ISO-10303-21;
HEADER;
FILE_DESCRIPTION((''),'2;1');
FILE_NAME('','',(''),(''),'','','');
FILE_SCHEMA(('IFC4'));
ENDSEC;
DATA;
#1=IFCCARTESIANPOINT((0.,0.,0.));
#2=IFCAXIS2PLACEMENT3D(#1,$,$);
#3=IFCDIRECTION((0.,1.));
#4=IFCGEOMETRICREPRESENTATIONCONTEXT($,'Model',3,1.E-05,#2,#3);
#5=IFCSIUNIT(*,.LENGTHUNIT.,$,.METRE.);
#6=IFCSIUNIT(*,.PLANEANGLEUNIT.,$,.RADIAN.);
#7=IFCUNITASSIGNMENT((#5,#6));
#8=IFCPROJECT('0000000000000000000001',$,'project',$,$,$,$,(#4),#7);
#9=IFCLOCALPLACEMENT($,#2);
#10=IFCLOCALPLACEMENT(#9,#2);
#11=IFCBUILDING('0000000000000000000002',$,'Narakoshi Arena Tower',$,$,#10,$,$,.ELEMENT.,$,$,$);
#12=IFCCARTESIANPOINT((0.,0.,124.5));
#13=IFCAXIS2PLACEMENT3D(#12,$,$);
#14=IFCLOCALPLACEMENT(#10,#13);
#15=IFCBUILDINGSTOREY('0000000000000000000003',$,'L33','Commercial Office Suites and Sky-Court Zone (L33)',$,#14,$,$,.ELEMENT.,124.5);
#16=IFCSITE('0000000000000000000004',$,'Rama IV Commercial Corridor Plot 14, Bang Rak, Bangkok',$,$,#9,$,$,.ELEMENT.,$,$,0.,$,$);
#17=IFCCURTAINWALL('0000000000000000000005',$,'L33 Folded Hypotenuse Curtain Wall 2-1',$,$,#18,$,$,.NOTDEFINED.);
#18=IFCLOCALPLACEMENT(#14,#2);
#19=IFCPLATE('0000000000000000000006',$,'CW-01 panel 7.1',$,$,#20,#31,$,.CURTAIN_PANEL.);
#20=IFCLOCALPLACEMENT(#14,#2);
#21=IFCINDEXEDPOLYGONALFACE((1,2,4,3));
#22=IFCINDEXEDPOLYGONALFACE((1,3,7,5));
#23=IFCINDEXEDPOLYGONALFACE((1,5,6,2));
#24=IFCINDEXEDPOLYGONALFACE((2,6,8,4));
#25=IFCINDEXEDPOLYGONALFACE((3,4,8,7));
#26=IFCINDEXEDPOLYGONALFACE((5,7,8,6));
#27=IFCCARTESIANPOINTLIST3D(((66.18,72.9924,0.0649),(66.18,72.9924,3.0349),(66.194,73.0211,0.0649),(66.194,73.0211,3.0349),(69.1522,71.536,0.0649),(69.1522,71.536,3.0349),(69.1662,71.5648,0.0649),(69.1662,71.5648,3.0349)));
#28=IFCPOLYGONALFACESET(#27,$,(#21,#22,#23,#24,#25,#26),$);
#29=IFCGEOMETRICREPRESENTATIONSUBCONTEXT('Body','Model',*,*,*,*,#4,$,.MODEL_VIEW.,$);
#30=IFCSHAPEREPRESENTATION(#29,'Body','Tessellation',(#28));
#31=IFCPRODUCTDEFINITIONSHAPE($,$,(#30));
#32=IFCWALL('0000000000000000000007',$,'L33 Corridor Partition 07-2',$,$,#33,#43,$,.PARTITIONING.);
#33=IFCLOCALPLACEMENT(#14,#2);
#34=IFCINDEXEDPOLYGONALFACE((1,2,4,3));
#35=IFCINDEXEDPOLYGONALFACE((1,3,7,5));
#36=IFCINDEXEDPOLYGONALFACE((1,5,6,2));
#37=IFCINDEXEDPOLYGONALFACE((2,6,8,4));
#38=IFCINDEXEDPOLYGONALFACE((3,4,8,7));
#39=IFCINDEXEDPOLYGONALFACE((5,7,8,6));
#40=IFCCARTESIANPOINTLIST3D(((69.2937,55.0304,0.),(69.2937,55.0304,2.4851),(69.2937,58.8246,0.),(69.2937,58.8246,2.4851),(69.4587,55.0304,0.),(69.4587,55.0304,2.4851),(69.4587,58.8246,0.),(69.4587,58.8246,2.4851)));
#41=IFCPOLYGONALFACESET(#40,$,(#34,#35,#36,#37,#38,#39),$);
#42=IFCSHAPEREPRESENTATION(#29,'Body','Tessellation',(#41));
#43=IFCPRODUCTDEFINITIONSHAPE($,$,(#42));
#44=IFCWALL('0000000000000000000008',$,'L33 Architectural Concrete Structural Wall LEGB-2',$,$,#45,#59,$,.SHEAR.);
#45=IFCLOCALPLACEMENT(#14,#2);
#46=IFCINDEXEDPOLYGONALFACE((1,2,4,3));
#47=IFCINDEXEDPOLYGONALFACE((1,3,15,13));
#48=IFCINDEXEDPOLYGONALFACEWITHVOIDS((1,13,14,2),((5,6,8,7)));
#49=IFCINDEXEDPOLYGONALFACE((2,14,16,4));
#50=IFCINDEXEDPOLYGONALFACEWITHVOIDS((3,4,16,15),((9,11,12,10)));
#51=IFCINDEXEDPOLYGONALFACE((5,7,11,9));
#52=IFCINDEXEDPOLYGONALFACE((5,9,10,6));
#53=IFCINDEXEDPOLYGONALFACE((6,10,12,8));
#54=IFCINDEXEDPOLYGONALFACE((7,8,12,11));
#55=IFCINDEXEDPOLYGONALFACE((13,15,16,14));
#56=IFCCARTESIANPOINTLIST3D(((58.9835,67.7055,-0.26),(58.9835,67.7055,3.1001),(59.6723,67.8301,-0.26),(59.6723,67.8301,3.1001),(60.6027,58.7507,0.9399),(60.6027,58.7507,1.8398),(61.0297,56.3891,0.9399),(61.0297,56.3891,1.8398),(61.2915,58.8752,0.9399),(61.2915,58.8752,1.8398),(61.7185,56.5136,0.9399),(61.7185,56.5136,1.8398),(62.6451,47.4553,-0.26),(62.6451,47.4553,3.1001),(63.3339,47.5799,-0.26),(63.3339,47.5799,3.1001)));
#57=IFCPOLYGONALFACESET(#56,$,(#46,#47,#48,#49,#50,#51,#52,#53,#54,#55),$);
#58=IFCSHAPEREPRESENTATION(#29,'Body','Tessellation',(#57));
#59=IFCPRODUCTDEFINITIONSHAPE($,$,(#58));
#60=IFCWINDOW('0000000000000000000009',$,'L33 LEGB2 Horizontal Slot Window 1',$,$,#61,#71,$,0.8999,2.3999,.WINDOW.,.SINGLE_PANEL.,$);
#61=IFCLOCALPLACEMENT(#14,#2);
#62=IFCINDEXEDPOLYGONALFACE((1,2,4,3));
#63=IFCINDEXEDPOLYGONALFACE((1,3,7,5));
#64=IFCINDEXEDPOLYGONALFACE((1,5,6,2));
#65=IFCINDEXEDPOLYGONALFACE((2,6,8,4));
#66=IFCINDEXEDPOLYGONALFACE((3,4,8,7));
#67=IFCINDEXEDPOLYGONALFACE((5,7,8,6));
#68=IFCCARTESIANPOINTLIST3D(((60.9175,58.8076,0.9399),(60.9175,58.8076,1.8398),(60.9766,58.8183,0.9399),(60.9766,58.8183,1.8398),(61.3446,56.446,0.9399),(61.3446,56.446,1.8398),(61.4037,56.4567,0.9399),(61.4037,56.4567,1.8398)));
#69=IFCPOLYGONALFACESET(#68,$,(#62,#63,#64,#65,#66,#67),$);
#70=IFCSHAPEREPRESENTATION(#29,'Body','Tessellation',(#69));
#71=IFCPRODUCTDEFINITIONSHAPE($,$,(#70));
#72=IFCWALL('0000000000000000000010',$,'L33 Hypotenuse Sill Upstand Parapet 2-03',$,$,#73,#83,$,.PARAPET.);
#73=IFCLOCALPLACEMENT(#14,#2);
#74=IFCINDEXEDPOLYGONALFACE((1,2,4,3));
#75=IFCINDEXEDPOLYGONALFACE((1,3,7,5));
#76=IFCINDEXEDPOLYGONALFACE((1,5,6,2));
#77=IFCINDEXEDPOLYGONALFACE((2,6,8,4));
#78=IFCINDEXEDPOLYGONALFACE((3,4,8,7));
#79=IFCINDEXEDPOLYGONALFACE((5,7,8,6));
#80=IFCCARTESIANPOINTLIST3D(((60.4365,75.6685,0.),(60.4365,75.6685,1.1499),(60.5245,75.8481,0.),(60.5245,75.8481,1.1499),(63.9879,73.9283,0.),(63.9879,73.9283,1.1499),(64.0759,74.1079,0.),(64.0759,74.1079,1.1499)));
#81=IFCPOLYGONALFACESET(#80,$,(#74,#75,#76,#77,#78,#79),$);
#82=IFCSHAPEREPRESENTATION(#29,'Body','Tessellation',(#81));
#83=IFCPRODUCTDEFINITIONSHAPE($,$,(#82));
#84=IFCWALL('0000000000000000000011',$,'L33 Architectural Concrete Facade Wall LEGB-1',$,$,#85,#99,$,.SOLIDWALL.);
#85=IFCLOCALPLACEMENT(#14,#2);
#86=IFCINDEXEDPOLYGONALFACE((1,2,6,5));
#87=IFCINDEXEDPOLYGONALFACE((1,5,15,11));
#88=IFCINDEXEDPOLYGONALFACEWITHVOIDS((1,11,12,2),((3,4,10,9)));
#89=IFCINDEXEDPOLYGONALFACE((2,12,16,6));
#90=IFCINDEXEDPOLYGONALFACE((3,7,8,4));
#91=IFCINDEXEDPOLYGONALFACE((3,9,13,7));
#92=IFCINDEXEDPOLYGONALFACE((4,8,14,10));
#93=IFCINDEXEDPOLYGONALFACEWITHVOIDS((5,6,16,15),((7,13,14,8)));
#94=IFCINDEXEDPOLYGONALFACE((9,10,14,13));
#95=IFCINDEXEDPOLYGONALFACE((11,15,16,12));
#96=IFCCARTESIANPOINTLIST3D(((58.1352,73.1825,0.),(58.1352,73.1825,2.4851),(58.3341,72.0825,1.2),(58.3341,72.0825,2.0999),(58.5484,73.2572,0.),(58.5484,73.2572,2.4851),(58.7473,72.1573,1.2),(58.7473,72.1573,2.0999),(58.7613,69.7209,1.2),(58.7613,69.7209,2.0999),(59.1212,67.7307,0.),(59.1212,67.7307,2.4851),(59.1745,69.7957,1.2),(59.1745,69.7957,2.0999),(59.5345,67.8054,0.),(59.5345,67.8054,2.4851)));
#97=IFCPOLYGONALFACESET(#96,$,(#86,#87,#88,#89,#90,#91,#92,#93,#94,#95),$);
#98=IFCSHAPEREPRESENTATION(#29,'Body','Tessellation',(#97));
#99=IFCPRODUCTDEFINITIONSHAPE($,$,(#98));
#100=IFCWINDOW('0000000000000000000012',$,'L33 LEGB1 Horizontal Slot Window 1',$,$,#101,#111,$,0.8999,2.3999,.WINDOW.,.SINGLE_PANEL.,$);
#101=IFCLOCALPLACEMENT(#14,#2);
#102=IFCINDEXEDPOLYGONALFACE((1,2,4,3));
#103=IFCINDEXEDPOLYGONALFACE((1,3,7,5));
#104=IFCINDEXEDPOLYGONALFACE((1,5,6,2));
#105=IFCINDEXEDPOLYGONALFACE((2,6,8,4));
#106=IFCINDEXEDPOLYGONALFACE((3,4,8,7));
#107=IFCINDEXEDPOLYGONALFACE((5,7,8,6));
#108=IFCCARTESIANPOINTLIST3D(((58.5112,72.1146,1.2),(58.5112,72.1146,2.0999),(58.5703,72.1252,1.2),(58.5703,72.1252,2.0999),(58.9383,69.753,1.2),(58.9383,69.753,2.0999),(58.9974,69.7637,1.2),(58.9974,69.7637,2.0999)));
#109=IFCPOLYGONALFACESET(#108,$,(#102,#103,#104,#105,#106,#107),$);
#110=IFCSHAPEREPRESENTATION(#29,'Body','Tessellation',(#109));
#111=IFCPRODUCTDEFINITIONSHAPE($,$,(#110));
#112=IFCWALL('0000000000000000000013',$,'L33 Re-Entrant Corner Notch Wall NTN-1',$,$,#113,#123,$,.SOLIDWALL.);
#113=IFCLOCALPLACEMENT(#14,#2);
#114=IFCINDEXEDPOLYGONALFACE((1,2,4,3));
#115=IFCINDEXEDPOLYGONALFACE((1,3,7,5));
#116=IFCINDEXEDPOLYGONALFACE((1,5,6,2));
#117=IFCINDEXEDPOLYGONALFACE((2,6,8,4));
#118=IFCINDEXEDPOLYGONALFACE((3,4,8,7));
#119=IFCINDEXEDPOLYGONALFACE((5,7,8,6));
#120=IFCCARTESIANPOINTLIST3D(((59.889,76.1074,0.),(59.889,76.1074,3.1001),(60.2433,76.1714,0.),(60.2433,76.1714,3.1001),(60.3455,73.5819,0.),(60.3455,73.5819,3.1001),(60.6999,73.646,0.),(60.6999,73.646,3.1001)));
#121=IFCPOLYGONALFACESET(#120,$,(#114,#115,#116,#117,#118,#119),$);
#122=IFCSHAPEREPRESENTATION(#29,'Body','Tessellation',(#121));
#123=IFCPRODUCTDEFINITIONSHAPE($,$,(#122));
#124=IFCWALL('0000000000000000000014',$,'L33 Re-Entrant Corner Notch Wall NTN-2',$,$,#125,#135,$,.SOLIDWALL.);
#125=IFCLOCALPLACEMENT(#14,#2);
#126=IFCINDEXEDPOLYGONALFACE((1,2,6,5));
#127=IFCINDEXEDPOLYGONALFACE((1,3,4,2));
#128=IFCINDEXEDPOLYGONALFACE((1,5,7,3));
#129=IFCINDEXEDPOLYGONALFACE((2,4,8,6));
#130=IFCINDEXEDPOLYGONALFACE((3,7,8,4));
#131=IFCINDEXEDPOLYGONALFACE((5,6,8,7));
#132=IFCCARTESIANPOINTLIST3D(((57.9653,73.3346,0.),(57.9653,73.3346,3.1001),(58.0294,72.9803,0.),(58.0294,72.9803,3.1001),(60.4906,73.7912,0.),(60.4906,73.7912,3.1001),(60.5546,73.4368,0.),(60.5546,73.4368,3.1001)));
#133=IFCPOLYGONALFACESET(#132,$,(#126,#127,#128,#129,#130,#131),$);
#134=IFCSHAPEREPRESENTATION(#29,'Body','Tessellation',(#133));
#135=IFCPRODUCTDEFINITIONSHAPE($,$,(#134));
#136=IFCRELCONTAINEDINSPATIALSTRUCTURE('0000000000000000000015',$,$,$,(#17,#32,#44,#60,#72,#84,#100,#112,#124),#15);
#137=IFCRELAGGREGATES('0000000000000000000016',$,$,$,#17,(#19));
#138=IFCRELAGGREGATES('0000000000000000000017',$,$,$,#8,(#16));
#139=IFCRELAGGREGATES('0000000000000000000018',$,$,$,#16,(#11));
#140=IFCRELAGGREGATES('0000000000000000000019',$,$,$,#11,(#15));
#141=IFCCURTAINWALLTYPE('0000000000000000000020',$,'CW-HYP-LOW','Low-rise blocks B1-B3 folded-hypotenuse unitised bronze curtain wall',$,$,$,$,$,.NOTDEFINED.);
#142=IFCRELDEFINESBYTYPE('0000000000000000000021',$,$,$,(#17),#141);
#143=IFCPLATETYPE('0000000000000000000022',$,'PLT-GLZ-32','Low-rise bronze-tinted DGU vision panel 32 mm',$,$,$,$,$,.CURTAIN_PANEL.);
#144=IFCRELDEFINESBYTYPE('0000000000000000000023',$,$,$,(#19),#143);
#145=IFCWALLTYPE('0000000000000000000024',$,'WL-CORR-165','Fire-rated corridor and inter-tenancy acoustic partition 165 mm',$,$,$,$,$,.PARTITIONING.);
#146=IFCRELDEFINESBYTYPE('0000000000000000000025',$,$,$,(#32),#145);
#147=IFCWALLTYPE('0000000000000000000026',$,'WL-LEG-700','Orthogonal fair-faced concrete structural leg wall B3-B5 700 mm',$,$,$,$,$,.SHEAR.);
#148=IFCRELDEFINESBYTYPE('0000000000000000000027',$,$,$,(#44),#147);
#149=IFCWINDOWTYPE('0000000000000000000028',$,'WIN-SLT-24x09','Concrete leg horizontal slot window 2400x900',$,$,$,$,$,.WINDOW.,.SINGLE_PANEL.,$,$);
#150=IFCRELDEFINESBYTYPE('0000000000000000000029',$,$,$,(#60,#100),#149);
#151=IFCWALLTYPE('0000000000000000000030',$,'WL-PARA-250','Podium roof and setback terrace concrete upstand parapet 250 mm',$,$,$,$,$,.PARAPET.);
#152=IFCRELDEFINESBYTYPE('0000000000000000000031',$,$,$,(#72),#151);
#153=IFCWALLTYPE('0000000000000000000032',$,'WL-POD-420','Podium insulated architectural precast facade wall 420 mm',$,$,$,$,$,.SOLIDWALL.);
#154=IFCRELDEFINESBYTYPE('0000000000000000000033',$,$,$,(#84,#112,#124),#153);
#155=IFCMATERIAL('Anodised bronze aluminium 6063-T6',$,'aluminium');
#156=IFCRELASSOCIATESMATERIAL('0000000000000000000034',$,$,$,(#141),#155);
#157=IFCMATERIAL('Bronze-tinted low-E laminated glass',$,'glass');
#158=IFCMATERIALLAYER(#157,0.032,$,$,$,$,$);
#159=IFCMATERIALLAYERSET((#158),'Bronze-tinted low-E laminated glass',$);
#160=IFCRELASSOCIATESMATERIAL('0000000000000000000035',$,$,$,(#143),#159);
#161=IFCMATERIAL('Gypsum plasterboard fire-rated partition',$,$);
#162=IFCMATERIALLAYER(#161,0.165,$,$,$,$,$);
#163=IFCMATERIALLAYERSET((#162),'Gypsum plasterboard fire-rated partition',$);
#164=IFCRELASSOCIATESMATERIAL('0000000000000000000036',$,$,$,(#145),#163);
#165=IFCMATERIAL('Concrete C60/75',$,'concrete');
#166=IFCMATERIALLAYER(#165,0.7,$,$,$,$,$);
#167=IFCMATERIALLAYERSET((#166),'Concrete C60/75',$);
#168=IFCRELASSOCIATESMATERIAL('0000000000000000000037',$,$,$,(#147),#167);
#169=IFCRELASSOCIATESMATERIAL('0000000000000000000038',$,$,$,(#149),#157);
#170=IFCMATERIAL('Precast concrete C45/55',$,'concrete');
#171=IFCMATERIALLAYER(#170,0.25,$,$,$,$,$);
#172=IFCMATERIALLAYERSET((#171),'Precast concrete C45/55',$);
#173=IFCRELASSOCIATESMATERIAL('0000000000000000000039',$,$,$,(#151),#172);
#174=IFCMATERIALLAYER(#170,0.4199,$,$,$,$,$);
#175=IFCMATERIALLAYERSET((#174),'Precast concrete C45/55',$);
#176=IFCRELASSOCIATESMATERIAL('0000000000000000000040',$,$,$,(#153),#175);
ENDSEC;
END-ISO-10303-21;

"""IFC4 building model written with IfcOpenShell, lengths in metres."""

from ifc_helpers import new_model, si_unit, direction, frame, frame_2d, origin, origin_2d, place, context, subcontext, project, spatial, rectangle, extrude, material, layer, layer_set, type_object, element, fill, aggregate, save


model = new_model("IFC4")

# Units and contexts
model_context = context("Model", 3, precision=1e-05, world=origin(), true_north=direction((0.0, 1.0)))
body_context = subcontext(model_context, "Body", "Model", "MODEL_VIEW")
ifc_project = project(units=[si_unit("LENGTHUNIT", "METRE"), si_unit("PLANEANGLEUNIT", "RADIAN")], contexts=[model_context])

# Site, building, storey
site_placement = place(None, origin())
site = spatial("IfcSite", under=ifc_project, at=site_placement, Name="Rama IV Commercial Corridor Plot 14, Bang Rak, Bangkok", CompositionType="ELEMENT", RefElevation=0.0)
building_placement = place(site_placement, origin())
building = spatial("IfcBuilding", under=site, at=building_placement, Name="Narakoshi Arena Tower", CompositionType="ELEMENT")
storey_placement = place(building_placement, frame((0.0, 0.0, 124.5)))
storey = spatial("IfcBuildingStorey", under=building, at=storey_placement, Name="L33", Description="Commercial Office Suites and Sky-Court Zone (L33)", CompositionType="ELEMENT", Elevation=124.5)

# Shared definitions
ifc_material_1 = material(Name="Concrete C60/75", Category="concrete")

# Curtain wall, plate
ifc_material_2 = material(Name="Anodised bronze aluminium 6063-T6", Category="aluminium")
curtain_wall_type = type_object("IfcCurtainWallType", Name="CW-HYP-LOW", Description="Low-rise blocks B1-B3 folded-hypotenuse unitised bronze curtain wall", PredefinedType="NOTDEFINED", material=ifc_material_2)
curtain_wall_placement = place(storey_placement, origin())
curtain_wall = element("IfcCurtainWall", 1, at=curtain_wall_placement, inside=storey, type_object=curtain_wall_type, Name="L33 Folded Hypotenuse Curtain Wall 2-1", PredefinedType="NOTDEFINED")
ifc_material_3 = material(Name="Bronze-tinted low-E laminated glass", Category="glass")
ifc_layer_1 = layer(ifc_material_3, 0.032)
ifc_layer_set_1 = layer_set([ifc_layer_1], Name="Bronze-tinted low-E laminated glass")
plate_type = type_object("IfcPlateType", Name="PLT-GLZ-32", Description="Low-rise bronze-tinted DGU vision panel 32 mm", PredefinedType="CURTAIN_PANEL", material=ifc_layer_set_1)
plate_1_placement = place(storey_placement, frame((67.6731, 72.2786, 0.0649), z_axis=(0.0, 0.0, 1.0), x_axis=(-0.897996, 0.440005, 0.0)))
plate_1 = element("IfcPlate", 2, at=plate_1_placement, type_object=plate_type, Name="CW-01 panel 7.1", PredefinedType="CURTAIN_PANEL", context=body_context, shape_type="SweptSolid", body=[
    extrude(rectangle(XDim=3.3098, YDim=0.032, at=origin_2d()), origin(), (0.0, 0.0, 1.0), 2.97),
])
aggregate(curtain_wall, [plate_1])

# Wall
ifc_material_4 = material(Name="Gypsum plasterboard fire-rated partition")
ifc_layer_2 = layer(ifc_material_4, 0.165)
ifc_layer_set_2 = layer_set([ifc_layer_2], Name="Gypsum plasterboard fire-rated partition")
wall_type_1 = type_object("IfcWallType", Name="WL-CORR-165", Description="Fire-rated corridor and inter-tenancy acoustic partition 165 mm", PredefinedType="PARTITIONING", material=ifc_layer_set_2)
wall_1_placement = place(storey_placement, frame((69.3762, 58.8245, 0.0), z_axis=(0.0, 0.0, 1.0), x_axis=(0.0, -1.0, 0.0)))
element("IfcWall", 3, at=wall_1_placement, inside=storey, type_object=wall_type_1, Name="L33 Corridor Partition 07-2", PredefinedType="PARTITIONING", context=body_context, shape_type="SweptSolid", body=[
    extrude(rectangle(XDim=3.7942, YDim=0.165, at=frame_2d((1.897, 0.0))), origin(), (0.0, 0.0, 1.0), 2.4851),
])

# Wall, opening, window
ifc_layer_3 = layer(ifc_material_1, 0.7)
ifc_layer_set_3 = layer_set([ifc_layer_3], Name="Concrete C60/75")
wall_type_2 = type_object("IfcWallType", Name="WL-LEG-700", Description="Orthogonal fair-faced concrete structural leg wall B3-B5 700 mm", PredefinedType="SHEAR", material=ifc_layer_set_3)
wall_2_placement = place(storey_placement, frame((59.3279, 67.7678, -0.26), z_axis=(0.0, 0.0, 1.0), x_axis=(0.177933, -0.984043, 0.0)))
wall_2 = element("IfcWall", 4, at=wall_2_placement, inside=storey, type_object=wall_type_2, Name="L33 Architectural Concrete Structural Wall LEGB-2", PredefinedType="SHEAR", context=body_context, shape_type="SweptSolid", body=[
    extrude(rectangle(XDim=20.5786, YDim=0.7, at=frame_2d((10.2893, 0.0))), origin(), (0.0, 0.0, 1.0), 3.3601),
])
opening_1_placement = place(wall_2_placement, frame((9.1001, 0.0, 1.2)))
opening_1 = element("IfcOpeningElement", 5, at=opening_1_placement, cuts=wall_2, PredefinedType="OPENING", context=body_context, shape_type="SweptSolid", body=[
    extrude(rectangle(XDim=2.3999, YDim=0.8999, at=frame_2d((1.2, 0.45))), frame((0.0, 0.3599, 0.0), z_axis=(0.0, -1.0, 0.0), x_axis=(1.0, 0.0, 0.0)), (0.0, 0.0, 1.0), 0.72),
])
window_type = type_object("IfcWindowType", Name="WIN-SLT-24x09", Description="Concrete leg horizontal slot window 2400x900", PartitioningType="SINGLE_PANEL", PredefinedType="WINDOW", material=ifc_material_3)
window_1_placement = place(opening_1_placement, origin())
window_1 = element("IfcWindow", 6, at=window_1_placement, inside=storey, type_object=window_type, Name="L33 LEGB2 Horizontal Slot Window 1", OverallHeight=0.8999, OverallWidth=2.3999, PartitioningType="SINGLE_PANEL", PredefinedType="WINDOW", context=body_context, shape_type="SweptSolid", body=[
    extrude(rectangle(XDim=2.3999, YDim=0.8999, at=frame_2d((1.2, 0.45))), frame((0.0, 0.03, 0.0), z_axis=(0.0, -1.0, 0.0), x_axis=(1.0, 0.0, 0.0)), (0.0, 0.0, 1.0), 0.0601),
])
fill(opening_1, window_1)

# Wall
ifc_material_5 = material(Name="Precast concrete C45/55", Category="concrete")
ifc_layer_4 = layer(ifc_material_5, 0.25)
ifc_layer_set_4 = layer_set([ifc_layer_4], Name="Precast concrete C45/55")
wall_type_3 = type_object("IfcWallType", Name="WL-PARA-250", Description="Podium roof and setback terrace concrete upstand parapet 250 mm", PredefinedType="PARAPET", material=ifc_layer_set_4)
wall_3_placement = place(storey_placement, frame((64.032, 74.0181, 0.0), z_axis=(0.0, 0.0, 1.0), x_axis=(-0.897991, 0.440014, 0.0)))
element("IfcWall", 7, at=wall_3_placement, inside=storey, type_object=wall_type_3, Name="L33 Hypotenuse Sill Upstand Parapet 2-03", PredefinedType="PARAPET", context=body_context, shape_type="SweptSolid", body=[
    extrude(rectangle(XDim=3.9548, YDim=0.2, at=frame_2d((1.9775, 0.0))), origin(), (0.0, 0.0, 1.0), 1.1499),
])

# Wall, opening, window
ifc_layer_5 = layer(ifc_material_5, 0.4199)
ifc_layer_set_5 = layer_set([ifc_layer_5], Name="Precast concrete C45/55")
wall_type_4 = type_object("IfcWallType", Name="WL-POD-420", Description="Podium insulated architectural precast facade wall 420 mm", PredefinedType="SOLIDWALL", material=ifc_layer_set_5)
wall_4_placement = place(storey_placement, frame((58.3418, 73.2197, 0.0), z_axis=(0.0, 0.0, 1.0), x_axis=(0.177982, -0.984034, 0.0)))
wall_4 = element("IfcWall", 8, at=wall_4_placement, inside=storey, type_object=wall_type_4, Name="L33 Architectural Concrete Facade Wall LEGB-1", PredefinedType="SOLIDWALL", context=body_context, shape_type="SweptSolid", body=[
    extrude(rectangle(XDim=5.5403, YDim=0.4199, at=frame_2d((2.77, 0.0))), origin(), (0.0, 0.0, 1.0), 2.4851),
])
opening_2_placement = place(wall_4_placement, frame((1.1177, 0.0, 1.2)))
opening_2 = element("IfcOpeningElement", 9, at=opening_2_placement, cuts=wall_4, PredefinedType="OPENING", context=body_context, shape_type="SweptSolid", body=[
    extrude(rectangle(XDim=2.3999, YDim=0.8999, at=frame_2d((1.2, 0.45))), frame((0.0, 0.22, 0.0), z_axis=(0.0, -1.0, 0.0), x_axis=(1.0, 0.0, 0.0)), (0.0, 0.0, 1.0), 0.4399),
])
window_2_placement = place(opening_2_placement, origin())
window_2 = element("IfcWindow", 10, at=window_2_placement, inside=storey, type_object=window_type, Name="L33 LEGB1 Horizontal Slot Window 1", OverallHeight=0.8999, OverallWidth=2.3999, PartitioningType="SINGLE_PANEL", PredefinedType="WINDOW", context=body_context, shape_type="SweptSolid", body=[
    extrude(rectangle(XDim=2.3999, YDim=0.8999, at=frame_2d((1.2, 0.45))), frame((0.0, 0.03, 0.0), z_axis=(0.0, -1.0, 0.0), x_axis=(1.0, 0.0, 0.0)), (0.0, 0.0, 1.0), 0.0601),
])
fill(opening_2, window_2)

# Walls
wall_5_placement = place(storey_placement, frame((60.0662, 76.1394, 0.0), z_axis=(0.0, 0.0, 1.0), x_axis=(0.177897, -0.984049, 0.0)))
element("IfcWall", 11, at=wall_5_placement, inside=storey, type_object=wall_type_4, Name="L33 Re-Entrant Corner Notch Wall NTN-1", PredefinedType="SOLIDWALL", context=body_context, shape_type="SweptSolid", body=[
    extrude(rectangle(XDim=2.5664, YDim=0.3601, at=frame_2d((1.2832, 0.0))), origin(), (0.0, 0.0, 1.0), 3.1001),
])
wall_6_placement = place(storey_placement, frame((60.5227, 73.614, 0.0), z_axis=(0.0, 0.0, 1.0), x_axis=(-0.984046, -0.177914, 0.0)))
element("IfcWall", 12, at=wall_6_placement, inside=storey, type_object=wall_type_4, Name="L33 Re-Entrant Corner Notch Wall NTN-2", PredefinedType="SOLIDWALL", context=body_context, shape_type="SweptSolid", body=[
    extrude(rectangle(XDim=2.5662, YDim=0.3601, at=frame_2d((1.2832, 0.0))), origin(), (0.0, 0.0, 1.0), 3.1001),
])

save(model, "model.ifc")
